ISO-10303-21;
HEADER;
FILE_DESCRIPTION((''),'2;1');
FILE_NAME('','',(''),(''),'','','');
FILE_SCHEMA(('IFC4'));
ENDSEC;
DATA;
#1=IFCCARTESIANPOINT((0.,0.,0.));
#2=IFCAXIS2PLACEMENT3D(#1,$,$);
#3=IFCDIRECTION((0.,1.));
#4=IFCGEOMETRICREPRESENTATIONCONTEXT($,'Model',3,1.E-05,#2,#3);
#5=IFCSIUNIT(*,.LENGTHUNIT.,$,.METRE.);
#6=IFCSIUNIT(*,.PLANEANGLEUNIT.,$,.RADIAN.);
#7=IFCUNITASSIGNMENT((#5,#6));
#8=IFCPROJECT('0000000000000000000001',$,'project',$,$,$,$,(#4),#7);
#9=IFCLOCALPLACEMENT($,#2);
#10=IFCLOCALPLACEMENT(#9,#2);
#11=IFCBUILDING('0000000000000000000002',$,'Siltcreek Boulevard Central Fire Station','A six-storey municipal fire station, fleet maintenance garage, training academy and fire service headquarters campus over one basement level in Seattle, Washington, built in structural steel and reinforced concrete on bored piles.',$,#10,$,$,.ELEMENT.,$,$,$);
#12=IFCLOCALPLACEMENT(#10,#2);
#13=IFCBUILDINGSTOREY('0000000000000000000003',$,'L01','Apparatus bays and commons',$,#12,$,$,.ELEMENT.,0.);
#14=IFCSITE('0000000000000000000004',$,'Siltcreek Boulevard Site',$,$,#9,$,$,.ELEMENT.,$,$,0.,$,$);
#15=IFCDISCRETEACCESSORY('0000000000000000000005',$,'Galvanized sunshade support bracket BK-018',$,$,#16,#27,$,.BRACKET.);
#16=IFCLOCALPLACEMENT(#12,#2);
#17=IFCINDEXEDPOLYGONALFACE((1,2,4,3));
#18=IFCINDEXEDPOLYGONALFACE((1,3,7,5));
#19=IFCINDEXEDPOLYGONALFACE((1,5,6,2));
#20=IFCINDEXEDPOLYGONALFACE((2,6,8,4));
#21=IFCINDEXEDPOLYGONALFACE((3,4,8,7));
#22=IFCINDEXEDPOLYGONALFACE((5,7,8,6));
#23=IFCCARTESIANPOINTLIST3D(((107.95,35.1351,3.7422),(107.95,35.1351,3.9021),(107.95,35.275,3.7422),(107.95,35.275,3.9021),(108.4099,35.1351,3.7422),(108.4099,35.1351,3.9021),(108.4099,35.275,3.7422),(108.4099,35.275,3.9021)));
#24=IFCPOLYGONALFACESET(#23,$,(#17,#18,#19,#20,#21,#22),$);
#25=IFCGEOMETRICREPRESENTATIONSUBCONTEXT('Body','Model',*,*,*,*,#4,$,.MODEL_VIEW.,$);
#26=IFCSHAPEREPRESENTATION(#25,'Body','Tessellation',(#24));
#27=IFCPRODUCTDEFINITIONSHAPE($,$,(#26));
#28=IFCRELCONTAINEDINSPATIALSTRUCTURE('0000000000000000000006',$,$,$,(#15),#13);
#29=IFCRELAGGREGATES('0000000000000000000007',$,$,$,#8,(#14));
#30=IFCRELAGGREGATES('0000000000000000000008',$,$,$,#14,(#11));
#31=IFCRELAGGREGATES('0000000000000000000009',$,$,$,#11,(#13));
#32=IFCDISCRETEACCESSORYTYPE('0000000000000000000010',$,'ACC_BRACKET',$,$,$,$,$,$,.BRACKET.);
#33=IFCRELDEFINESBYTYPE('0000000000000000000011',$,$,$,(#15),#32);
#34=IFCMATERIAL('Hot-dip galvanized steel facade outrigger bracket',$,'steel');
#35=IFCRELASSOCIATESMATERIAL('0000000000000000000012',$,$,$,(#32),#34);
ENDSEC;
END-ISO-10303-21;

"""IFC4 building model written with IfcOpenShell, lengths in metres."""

from ifc_helpers import new_model, si_unit, direction, frame, origin, origin_2d, place, context, subcontext, project, spatial, rectangle, extrude, material, type_object, element, save


model = new_model("IFC4")

# Units and contexts
model_context = context("Model", 3, precision=1e-05, world=origin(), true_north=direction((0.0, 1.0)))
body_context = subcontext(model_context, "Body", "Model", "MODEL_VIEW")
ifc_project = project(units=[si_unit("LENGTHUNIT", "METRE"), si_unit("PLANEANGLEUNIT", "RADIAN")], contexts=[model_context])

# Site, building, storey
site_placement = place(None, origin())
site = spatial("IfcSite", under=ifc_project, at=site_placement, Name="Siltcreek Boulevard Site", CompositionType="ELEMENT", RefElevation=0.0)
building_placement = place(site_placement, origin())
building = spatial("IfcBuilding", under=site, at=building_placement, Name="Siltcreek Boulevard Central Fire Station", Description="A six-storey municipal fire station, fleet maintenance garage, training academy and fire service headquarters campus over one basement level in Seattle, Washington, built in structural steel and reinforced concrete on bored piles.", CompositionType="ELEMENT")
storey_placement = place(building_placement, origin())
storey = spatial("IfcBuildingStorey", under=building, at=storey_placement, Name="L01", Description="Apparatus bays and commons", CompositionType="ELEMENT", Elevation=0.0)

# Discrete accessory
ifc_material_1 = material(Name="Hot-dip galvanized steel facade outrigger bracket", Category="steel")
discrete_accessory_type = type_object("IfcDiscreteAccessoryType", Name="ACC_BRACKET", PredefinedType="BRACKET", material=ifc_material_1)
for number, where, z_axis, x_axis, name in (
    (1, (108.1799, 35.2051, 3.7422), (0.0, 0.0, 1.0), (0.0, 1.0, 0.0), "Galvanized sunshade support bracket BK-018"),
):
    element("IfcDiscreteAccessory", number, at=place(storey_placement, frame(where, z_axis=z_axis, x_axis=x_axis)), inside=storey, type_object=discrete_accessory_type, Name=name, PredefinedType="BRACKET", context=body_context, shape_type="SweptSolid", body=[
        extrude(rectangle(XDim=0.1399, YDim=0.46, at=origin_2d()), origin(), (0.0, 0.0, 1.0), 0.1599),
    ])

save(model, "model.ifc")
